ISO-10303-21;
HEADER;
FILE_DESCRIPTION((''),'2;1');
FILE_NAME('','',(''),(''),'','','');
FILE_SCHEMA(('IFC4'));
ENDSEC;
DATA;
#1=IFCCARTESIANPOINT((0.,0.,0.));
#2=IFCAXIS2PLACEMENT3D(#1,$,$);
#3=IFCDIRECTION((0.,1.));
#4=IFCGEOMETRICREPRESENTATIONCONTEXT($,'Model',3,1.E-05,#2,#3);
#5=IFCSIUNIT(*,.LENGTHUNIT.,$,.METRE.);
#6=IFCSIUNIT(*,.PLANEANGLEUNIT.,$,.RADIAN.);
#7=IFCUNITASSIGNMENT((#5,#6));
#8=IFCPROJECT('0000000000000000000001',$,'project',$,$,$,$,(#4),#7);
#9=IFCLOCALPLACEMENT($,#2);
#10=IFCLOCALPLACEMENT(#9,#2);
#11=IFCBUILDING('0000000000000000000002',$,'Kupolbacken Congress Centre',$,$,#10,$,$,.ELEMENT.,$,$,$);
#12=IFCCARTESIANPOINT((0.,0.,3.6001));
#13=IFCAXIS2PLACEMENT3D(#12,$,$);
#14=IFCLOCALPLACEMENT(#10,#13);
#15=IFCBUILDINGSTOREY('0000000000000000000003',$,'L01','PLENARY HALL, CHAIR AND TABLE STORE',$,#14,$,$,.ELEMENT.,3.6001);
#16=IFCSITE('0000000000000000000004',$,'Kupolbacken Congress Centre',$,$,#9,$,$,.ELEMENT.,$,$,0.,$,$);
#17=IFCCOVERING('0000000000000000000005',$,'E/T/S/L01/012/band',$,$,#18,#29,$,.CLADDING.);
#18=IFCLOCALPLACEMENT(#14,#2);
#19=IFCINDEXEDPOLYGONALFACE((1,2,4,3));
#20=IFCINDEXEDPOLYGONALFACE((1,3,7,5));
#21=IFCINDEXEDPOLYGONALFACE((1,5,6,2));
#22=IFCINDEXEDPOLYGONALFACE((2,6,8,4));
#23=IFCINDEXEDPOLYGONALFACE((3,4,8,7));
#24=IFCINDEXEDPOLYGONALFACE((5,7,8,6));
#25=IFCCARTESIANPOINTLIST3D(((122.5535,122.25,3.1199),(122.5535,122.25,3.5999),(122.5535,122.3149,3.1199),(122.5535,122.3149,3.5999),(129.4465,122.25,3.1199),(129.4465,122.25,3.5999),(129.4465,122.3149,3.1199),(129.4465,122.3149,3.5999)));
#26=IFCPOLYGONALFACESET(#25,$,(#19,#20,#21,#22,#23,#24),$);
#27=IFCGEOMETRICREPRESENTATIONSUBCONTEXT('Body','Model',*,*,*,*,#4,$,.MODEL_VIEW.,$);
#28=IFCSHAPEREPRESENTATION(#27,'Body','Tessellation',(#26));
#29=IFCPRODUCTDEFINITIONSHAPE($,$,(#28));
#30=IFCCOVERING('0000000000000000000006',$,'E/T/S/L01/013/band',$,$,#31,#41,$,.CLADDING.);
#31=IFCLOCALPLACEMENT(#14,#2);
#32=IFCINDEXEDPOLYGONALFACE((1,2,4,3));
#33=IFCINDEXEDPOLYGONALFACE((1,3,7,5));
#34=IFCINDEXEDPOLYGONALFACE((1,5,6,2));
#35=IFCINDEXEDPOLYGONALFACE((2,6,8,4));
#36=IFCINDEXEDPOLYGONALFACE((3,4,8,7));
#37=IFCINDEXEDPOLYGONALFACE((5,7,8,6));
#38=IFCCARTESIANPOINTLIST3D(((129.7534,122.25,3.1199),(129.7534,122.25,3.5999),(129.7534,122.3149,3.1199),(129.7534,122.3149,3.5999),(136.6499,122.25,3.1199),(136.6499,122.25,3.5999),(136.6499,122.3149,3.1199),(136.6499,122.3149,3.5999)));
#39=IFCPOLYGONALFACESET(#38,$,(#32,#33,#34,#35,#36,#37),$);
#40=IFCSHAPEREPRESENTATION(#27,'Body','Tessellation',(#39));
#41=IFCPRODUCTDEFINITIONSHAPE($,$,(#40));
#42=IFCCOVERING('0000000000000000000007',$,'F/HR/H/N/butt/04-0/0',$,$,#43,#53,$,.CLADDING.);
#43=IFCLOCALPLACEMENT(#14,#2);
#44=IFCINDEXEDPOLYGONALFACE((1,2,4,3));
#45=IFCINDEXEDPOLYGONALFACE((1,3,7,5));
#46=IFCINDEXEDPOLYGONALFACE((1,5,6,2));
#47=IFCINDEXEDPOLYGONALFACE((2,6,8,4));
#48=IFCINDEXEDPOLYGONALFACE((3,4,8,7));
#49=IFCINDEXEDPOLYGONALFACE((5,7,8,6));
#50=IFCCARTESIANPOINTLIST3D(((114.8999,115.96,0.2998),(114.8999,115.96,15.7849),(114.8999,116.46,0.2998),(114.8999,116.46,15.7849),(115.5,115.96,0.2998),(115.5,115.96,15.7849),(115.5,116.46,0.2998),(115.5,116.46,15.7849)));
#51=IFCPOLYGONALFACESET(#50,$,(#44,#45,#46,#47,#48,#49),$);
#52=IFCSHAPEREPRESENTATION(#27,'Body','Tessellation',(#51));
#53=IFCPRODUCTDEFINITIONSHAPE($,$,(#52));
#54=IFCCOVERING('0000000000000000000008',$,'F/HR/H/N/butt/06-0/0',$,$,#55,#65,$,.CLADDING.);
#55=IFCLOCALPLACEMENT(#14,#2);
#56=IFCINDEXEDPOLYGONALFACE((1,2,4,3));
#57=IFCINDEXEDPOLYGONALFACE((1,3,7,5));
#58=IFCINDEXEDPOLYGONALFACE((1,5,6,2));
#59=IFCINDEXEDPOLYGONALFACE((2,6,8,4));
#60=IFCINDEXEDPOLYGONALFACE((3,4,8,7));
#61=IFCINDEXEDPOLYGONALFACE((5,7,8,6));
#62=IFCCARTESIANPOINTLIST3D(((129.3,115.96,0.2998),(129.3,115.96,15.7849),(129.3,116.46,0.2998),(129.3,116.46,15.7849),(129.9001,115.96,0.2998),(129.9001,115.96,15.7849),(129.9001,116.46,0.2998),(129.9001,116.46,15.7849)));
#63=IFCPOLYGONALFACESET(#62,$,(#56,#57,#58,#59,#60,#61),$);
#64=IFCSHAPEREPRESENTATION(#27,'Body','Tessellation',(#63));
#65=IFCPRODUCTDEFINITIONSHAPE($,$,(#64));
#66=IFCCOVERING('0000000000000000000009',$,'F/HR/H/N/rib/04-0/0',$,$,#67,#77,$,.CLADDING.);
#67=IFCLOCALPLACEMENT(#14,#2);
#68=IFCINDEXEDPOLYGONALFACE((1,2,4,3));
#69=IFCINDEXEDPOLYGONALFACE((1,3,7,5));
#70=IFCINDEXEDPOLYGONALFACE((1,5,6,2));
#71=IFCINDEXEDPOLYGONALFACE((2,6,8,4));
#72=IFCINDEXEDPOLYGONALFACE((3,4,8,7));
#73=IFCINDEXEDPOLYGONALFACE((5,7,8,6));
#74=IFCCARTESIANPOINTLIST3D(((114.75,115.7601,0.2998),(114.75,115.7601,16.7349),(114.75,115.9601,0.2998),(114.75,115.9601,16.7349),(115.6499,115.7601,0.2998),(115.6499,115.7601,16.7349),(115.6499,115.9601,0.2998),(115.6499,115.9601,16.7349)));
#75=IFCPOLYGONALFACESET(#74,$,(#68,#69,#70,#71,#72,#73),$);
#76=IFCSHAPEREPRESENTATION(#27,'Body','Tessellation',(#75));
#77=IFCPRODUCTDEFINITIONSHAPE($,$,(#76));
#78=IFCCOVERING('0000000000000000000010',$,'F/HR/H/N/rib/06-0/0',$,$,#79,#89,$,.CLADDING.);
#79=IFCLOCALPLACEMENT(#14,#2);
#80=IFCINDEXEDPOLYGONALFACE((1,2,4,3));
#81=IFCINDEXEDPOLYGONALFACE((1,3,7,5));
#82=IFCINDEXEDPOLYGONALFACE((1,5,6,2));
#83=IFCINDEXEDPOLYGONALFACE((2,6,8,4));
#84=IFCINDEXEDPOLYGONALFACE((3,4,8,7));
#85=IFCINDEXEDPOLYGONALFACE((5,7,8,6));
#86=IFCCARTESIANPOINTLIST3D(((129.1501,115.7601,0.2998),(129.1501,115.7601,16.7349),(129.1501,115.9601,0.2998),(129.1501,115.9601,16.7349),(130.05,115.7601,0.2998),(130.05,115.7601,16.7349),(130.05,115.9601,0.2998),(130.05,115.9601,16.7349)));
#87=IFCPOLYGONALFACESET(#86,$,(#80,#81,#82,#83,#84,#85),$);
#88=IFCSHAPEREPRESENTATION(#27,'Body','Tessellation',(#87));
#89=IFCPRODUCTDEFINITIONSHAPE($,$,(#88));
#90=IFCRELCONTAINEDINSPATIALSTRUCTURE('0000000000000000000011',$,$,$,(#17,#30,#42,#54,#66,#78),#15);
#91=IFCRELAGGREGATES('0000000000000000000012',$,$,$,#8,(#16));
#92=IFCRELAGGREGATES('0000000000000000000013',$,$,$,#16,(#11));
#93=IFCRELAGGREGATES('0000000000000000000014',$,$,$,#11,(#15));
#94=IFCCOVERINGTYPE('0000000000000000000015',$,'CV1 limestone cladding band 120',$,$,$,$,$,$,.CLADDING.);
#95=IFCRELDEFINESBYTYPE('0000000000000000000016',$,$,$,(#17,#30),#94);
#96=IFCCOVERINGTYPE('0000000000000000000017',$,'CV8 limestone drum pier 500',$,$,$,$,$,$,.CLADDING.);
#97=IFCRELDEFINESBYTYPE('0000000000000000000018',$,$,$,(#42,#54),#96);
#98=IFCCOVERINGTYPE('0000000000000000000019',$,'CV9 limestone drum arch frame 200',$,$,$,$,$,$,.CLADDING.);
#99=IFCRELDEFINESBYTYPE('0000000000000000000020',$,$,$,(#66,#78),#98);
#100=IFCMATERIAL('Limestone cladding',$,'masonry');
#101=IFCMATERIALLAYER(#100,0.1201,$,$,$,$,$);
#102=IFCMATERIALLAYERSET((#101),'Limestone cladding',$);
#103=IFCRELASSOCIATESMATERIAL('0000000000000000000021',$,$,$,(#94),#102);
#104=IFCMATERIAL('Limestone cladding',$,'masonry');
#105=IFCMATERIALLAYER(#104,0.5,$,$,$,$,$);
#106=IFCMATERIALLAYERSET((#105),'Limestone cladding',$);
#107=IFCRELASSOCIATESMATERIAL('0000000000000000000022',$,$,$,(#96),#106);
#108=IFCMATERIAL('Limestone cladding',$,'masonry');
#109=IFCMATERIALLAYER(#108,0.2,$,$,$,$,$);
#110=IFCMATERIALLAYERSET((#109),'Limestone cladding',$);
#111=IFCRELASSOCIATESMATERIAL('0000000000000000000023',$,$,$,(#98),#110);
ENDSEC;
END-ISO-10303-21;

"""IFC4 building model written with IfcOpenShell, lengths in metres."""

from ifc_helpers import new_model, si_unit, direction, frame, origin, origin_2d, place, context, subcontext, project, spatial, rectangle, extrude, material, layer, layer_set, type_object, element, save


model = new_model("IFC4")

# Units and contexts
model_context = context("Model", 3, precision=1e-05, world=origin(), true_north=direction((0.0, 1.0)))
body_context = subcontext(model_context, "Body", "Model", "MODEL_VIEW")
ifc_project = project(units=[si_unit("LENGTHUNIT", "METRE"), si_unit("PLANEANGLEUNIT", "RADIAN")], contexts=[model_context])

# Site, building, storey
site_placement = place(None, origin())
site = spatial("IfcSite", under=ifc_project, at=site_placement, Name="Kupolbacken Congress Centre", CompositionType="ELEMENT", RefElevation=0.0)
building_placement = place(site_placement, origin())
building = spatial("IfcBuilding", under=site, at=building_placement, Name="Kupolbacken Congress Centre", CompositionType="ELEMENT")
storey_placement = place(building_placement, frame((0.0, 0.0, 3.6001)))
storey = spatial("IfcBuildingStorey", under=building, at=storey_placement, Name="L01", Description="PLENARY HALL, CHAIR AND TABLE STORE", CompositionType="ELEMENT", Elevation=3.6001)

# Coverings
ifc_material_1 = material(Name="Limestone cladding", Category="masonry")
ifc_layer_1 = layer(ifc_material_1, 0.1201)
ifc_layer_set_1 = layer_set([ifc_layer_1], Name="Limestone cladding")
covering_type_1 = type_object("IfcCoveringType", Name="CV1 limestone cladding band 120", PredefinedType="CLADDING", material=ifc_layer_set_1)
for number, where, z_axis, x_axis, name in (
    (1, (126.0, 122.2825, 3.1199), (0.0, 0.0, 1.0), (1.0, 0.0, 0.0), "E/T/S/L01/012/band"),
):
    element("IfcCovering", number, at=place(storey_placement, frame(where, z_axis=z_axis, x_axis=x_axis)), inside=storey, type_object=covering_type_1, Name=name, PredefinedType="CLADDING", context=body_context, shape_type="SweptSolid", body=[
        extrude(rectangle(XDim=6.8931, YDim=0.0649, at=origin_2d()), origin(), (0.0, 0.0, 1.0), 0.48),
    ])
covering_1_placement = place(storey_placement, frame((133.2017, 122.2825, 3.1199), z_axis=(0.0, 0.0, 1.0), x_axis=(1.0, 0.0, 0.0)))
element("IfcCovering", 2, at=covering_1_placement, inside=storey, type_object=covering_type_1, Name="E/T/S/L01/013/band", PredefinedType="CLADDING", context=body_context, shape_type="SweptSolid", body=[
    extrude(rectangle(XDim=6.8965, YDim=0.0649, at=origin_2d()), origin(), (0.0, 0.0, 1.0), 0.48),
])
ifc_material_2 = material(Name="Limestone cladding", Category="masonry")
ifc_layer_2 = layer(ifc_material_2, 0.5)
ifc_layer_set_2 = layer_set([ifc_layer_2], Name="Limestone cladding")
covering_type_2 = type_object("IfcCoveringType", Name="CV8 limestone drum pier 500", PredefinedType="CLADDING", material=ifc_layer_set_2)
for number, where, z_axis, x_axis, name in (
    (3, (115.2, 116.21, 0.2998), (0.0, 0.0, 1.0), (1.0, 0.0, 0.0), "F/HR/H/N/butt/04-0/0"),
    (4, (129.6001, 116.21, 0.2998), (0.0, 0.0, 1.0), (1.0, 0.0, 0.0), "F/HR/H/N/butt/06-0/0"),
):
    element("IfcCovering", number, at=place(storey_placement, frame(where, z_axis=z_axis, x_axis=x_axis)), inside=storey, type_object=covering_type_2, Name=name, PredefinedType="CLADDING", context=body_context, shape_type="SweptSolid", body=[
        extrude(rectangle(XDim=0.6001, YDim=0.5, at=origin_2d()), origin(), (0.0, 0.0, 1.0), 15.4851),
    ])
ifc_material_3 = material(Name="Limestone cladding", Category="masonry")
ifc_layer_3 = layer(ifc_material_3, 0.2)
ifc_layer_set_3 = layer_set([ifc_layer_3], Name="Limestone cladding")
covering_type_3 = type_object("IfcCoveringType", Name="CV9 limestone drum arch frame 200", PredefinedType="CLADDING", material=ifc_layer_set_3)
for number, where, z_axis, x_axis, name in (
    (5, (115.2, 115.8601, 0.2998), (0.0, 0.0, 1.0), (1.0, 0.0, 0.0), "F/HR/H/N/rib/04-0/0"),
    (6, (129.6001, 115.8601, 0.2998), (0.0, 0.0, 1.0), (1.0, 0.0, 0.0), "F/HR/H/N/rib/06-0/0"),
):
    element("IfcCovering", number, at=place(storey_placement, frame(where, z_axis=z_axis, x_axis=x_axis)), inside=storey, type_object=covering_type_3, Name=name, PredefinedType="CLADDING", context=body_context, shape_type="SweptSolid", body=[
        extrude(rectangle(XDim=0.8999, YDim=0.2, at=origin_2d()), origin(), (0.0, 0.0, 1.0), 16.4351),
    ])

save(model, "model.ifc")
